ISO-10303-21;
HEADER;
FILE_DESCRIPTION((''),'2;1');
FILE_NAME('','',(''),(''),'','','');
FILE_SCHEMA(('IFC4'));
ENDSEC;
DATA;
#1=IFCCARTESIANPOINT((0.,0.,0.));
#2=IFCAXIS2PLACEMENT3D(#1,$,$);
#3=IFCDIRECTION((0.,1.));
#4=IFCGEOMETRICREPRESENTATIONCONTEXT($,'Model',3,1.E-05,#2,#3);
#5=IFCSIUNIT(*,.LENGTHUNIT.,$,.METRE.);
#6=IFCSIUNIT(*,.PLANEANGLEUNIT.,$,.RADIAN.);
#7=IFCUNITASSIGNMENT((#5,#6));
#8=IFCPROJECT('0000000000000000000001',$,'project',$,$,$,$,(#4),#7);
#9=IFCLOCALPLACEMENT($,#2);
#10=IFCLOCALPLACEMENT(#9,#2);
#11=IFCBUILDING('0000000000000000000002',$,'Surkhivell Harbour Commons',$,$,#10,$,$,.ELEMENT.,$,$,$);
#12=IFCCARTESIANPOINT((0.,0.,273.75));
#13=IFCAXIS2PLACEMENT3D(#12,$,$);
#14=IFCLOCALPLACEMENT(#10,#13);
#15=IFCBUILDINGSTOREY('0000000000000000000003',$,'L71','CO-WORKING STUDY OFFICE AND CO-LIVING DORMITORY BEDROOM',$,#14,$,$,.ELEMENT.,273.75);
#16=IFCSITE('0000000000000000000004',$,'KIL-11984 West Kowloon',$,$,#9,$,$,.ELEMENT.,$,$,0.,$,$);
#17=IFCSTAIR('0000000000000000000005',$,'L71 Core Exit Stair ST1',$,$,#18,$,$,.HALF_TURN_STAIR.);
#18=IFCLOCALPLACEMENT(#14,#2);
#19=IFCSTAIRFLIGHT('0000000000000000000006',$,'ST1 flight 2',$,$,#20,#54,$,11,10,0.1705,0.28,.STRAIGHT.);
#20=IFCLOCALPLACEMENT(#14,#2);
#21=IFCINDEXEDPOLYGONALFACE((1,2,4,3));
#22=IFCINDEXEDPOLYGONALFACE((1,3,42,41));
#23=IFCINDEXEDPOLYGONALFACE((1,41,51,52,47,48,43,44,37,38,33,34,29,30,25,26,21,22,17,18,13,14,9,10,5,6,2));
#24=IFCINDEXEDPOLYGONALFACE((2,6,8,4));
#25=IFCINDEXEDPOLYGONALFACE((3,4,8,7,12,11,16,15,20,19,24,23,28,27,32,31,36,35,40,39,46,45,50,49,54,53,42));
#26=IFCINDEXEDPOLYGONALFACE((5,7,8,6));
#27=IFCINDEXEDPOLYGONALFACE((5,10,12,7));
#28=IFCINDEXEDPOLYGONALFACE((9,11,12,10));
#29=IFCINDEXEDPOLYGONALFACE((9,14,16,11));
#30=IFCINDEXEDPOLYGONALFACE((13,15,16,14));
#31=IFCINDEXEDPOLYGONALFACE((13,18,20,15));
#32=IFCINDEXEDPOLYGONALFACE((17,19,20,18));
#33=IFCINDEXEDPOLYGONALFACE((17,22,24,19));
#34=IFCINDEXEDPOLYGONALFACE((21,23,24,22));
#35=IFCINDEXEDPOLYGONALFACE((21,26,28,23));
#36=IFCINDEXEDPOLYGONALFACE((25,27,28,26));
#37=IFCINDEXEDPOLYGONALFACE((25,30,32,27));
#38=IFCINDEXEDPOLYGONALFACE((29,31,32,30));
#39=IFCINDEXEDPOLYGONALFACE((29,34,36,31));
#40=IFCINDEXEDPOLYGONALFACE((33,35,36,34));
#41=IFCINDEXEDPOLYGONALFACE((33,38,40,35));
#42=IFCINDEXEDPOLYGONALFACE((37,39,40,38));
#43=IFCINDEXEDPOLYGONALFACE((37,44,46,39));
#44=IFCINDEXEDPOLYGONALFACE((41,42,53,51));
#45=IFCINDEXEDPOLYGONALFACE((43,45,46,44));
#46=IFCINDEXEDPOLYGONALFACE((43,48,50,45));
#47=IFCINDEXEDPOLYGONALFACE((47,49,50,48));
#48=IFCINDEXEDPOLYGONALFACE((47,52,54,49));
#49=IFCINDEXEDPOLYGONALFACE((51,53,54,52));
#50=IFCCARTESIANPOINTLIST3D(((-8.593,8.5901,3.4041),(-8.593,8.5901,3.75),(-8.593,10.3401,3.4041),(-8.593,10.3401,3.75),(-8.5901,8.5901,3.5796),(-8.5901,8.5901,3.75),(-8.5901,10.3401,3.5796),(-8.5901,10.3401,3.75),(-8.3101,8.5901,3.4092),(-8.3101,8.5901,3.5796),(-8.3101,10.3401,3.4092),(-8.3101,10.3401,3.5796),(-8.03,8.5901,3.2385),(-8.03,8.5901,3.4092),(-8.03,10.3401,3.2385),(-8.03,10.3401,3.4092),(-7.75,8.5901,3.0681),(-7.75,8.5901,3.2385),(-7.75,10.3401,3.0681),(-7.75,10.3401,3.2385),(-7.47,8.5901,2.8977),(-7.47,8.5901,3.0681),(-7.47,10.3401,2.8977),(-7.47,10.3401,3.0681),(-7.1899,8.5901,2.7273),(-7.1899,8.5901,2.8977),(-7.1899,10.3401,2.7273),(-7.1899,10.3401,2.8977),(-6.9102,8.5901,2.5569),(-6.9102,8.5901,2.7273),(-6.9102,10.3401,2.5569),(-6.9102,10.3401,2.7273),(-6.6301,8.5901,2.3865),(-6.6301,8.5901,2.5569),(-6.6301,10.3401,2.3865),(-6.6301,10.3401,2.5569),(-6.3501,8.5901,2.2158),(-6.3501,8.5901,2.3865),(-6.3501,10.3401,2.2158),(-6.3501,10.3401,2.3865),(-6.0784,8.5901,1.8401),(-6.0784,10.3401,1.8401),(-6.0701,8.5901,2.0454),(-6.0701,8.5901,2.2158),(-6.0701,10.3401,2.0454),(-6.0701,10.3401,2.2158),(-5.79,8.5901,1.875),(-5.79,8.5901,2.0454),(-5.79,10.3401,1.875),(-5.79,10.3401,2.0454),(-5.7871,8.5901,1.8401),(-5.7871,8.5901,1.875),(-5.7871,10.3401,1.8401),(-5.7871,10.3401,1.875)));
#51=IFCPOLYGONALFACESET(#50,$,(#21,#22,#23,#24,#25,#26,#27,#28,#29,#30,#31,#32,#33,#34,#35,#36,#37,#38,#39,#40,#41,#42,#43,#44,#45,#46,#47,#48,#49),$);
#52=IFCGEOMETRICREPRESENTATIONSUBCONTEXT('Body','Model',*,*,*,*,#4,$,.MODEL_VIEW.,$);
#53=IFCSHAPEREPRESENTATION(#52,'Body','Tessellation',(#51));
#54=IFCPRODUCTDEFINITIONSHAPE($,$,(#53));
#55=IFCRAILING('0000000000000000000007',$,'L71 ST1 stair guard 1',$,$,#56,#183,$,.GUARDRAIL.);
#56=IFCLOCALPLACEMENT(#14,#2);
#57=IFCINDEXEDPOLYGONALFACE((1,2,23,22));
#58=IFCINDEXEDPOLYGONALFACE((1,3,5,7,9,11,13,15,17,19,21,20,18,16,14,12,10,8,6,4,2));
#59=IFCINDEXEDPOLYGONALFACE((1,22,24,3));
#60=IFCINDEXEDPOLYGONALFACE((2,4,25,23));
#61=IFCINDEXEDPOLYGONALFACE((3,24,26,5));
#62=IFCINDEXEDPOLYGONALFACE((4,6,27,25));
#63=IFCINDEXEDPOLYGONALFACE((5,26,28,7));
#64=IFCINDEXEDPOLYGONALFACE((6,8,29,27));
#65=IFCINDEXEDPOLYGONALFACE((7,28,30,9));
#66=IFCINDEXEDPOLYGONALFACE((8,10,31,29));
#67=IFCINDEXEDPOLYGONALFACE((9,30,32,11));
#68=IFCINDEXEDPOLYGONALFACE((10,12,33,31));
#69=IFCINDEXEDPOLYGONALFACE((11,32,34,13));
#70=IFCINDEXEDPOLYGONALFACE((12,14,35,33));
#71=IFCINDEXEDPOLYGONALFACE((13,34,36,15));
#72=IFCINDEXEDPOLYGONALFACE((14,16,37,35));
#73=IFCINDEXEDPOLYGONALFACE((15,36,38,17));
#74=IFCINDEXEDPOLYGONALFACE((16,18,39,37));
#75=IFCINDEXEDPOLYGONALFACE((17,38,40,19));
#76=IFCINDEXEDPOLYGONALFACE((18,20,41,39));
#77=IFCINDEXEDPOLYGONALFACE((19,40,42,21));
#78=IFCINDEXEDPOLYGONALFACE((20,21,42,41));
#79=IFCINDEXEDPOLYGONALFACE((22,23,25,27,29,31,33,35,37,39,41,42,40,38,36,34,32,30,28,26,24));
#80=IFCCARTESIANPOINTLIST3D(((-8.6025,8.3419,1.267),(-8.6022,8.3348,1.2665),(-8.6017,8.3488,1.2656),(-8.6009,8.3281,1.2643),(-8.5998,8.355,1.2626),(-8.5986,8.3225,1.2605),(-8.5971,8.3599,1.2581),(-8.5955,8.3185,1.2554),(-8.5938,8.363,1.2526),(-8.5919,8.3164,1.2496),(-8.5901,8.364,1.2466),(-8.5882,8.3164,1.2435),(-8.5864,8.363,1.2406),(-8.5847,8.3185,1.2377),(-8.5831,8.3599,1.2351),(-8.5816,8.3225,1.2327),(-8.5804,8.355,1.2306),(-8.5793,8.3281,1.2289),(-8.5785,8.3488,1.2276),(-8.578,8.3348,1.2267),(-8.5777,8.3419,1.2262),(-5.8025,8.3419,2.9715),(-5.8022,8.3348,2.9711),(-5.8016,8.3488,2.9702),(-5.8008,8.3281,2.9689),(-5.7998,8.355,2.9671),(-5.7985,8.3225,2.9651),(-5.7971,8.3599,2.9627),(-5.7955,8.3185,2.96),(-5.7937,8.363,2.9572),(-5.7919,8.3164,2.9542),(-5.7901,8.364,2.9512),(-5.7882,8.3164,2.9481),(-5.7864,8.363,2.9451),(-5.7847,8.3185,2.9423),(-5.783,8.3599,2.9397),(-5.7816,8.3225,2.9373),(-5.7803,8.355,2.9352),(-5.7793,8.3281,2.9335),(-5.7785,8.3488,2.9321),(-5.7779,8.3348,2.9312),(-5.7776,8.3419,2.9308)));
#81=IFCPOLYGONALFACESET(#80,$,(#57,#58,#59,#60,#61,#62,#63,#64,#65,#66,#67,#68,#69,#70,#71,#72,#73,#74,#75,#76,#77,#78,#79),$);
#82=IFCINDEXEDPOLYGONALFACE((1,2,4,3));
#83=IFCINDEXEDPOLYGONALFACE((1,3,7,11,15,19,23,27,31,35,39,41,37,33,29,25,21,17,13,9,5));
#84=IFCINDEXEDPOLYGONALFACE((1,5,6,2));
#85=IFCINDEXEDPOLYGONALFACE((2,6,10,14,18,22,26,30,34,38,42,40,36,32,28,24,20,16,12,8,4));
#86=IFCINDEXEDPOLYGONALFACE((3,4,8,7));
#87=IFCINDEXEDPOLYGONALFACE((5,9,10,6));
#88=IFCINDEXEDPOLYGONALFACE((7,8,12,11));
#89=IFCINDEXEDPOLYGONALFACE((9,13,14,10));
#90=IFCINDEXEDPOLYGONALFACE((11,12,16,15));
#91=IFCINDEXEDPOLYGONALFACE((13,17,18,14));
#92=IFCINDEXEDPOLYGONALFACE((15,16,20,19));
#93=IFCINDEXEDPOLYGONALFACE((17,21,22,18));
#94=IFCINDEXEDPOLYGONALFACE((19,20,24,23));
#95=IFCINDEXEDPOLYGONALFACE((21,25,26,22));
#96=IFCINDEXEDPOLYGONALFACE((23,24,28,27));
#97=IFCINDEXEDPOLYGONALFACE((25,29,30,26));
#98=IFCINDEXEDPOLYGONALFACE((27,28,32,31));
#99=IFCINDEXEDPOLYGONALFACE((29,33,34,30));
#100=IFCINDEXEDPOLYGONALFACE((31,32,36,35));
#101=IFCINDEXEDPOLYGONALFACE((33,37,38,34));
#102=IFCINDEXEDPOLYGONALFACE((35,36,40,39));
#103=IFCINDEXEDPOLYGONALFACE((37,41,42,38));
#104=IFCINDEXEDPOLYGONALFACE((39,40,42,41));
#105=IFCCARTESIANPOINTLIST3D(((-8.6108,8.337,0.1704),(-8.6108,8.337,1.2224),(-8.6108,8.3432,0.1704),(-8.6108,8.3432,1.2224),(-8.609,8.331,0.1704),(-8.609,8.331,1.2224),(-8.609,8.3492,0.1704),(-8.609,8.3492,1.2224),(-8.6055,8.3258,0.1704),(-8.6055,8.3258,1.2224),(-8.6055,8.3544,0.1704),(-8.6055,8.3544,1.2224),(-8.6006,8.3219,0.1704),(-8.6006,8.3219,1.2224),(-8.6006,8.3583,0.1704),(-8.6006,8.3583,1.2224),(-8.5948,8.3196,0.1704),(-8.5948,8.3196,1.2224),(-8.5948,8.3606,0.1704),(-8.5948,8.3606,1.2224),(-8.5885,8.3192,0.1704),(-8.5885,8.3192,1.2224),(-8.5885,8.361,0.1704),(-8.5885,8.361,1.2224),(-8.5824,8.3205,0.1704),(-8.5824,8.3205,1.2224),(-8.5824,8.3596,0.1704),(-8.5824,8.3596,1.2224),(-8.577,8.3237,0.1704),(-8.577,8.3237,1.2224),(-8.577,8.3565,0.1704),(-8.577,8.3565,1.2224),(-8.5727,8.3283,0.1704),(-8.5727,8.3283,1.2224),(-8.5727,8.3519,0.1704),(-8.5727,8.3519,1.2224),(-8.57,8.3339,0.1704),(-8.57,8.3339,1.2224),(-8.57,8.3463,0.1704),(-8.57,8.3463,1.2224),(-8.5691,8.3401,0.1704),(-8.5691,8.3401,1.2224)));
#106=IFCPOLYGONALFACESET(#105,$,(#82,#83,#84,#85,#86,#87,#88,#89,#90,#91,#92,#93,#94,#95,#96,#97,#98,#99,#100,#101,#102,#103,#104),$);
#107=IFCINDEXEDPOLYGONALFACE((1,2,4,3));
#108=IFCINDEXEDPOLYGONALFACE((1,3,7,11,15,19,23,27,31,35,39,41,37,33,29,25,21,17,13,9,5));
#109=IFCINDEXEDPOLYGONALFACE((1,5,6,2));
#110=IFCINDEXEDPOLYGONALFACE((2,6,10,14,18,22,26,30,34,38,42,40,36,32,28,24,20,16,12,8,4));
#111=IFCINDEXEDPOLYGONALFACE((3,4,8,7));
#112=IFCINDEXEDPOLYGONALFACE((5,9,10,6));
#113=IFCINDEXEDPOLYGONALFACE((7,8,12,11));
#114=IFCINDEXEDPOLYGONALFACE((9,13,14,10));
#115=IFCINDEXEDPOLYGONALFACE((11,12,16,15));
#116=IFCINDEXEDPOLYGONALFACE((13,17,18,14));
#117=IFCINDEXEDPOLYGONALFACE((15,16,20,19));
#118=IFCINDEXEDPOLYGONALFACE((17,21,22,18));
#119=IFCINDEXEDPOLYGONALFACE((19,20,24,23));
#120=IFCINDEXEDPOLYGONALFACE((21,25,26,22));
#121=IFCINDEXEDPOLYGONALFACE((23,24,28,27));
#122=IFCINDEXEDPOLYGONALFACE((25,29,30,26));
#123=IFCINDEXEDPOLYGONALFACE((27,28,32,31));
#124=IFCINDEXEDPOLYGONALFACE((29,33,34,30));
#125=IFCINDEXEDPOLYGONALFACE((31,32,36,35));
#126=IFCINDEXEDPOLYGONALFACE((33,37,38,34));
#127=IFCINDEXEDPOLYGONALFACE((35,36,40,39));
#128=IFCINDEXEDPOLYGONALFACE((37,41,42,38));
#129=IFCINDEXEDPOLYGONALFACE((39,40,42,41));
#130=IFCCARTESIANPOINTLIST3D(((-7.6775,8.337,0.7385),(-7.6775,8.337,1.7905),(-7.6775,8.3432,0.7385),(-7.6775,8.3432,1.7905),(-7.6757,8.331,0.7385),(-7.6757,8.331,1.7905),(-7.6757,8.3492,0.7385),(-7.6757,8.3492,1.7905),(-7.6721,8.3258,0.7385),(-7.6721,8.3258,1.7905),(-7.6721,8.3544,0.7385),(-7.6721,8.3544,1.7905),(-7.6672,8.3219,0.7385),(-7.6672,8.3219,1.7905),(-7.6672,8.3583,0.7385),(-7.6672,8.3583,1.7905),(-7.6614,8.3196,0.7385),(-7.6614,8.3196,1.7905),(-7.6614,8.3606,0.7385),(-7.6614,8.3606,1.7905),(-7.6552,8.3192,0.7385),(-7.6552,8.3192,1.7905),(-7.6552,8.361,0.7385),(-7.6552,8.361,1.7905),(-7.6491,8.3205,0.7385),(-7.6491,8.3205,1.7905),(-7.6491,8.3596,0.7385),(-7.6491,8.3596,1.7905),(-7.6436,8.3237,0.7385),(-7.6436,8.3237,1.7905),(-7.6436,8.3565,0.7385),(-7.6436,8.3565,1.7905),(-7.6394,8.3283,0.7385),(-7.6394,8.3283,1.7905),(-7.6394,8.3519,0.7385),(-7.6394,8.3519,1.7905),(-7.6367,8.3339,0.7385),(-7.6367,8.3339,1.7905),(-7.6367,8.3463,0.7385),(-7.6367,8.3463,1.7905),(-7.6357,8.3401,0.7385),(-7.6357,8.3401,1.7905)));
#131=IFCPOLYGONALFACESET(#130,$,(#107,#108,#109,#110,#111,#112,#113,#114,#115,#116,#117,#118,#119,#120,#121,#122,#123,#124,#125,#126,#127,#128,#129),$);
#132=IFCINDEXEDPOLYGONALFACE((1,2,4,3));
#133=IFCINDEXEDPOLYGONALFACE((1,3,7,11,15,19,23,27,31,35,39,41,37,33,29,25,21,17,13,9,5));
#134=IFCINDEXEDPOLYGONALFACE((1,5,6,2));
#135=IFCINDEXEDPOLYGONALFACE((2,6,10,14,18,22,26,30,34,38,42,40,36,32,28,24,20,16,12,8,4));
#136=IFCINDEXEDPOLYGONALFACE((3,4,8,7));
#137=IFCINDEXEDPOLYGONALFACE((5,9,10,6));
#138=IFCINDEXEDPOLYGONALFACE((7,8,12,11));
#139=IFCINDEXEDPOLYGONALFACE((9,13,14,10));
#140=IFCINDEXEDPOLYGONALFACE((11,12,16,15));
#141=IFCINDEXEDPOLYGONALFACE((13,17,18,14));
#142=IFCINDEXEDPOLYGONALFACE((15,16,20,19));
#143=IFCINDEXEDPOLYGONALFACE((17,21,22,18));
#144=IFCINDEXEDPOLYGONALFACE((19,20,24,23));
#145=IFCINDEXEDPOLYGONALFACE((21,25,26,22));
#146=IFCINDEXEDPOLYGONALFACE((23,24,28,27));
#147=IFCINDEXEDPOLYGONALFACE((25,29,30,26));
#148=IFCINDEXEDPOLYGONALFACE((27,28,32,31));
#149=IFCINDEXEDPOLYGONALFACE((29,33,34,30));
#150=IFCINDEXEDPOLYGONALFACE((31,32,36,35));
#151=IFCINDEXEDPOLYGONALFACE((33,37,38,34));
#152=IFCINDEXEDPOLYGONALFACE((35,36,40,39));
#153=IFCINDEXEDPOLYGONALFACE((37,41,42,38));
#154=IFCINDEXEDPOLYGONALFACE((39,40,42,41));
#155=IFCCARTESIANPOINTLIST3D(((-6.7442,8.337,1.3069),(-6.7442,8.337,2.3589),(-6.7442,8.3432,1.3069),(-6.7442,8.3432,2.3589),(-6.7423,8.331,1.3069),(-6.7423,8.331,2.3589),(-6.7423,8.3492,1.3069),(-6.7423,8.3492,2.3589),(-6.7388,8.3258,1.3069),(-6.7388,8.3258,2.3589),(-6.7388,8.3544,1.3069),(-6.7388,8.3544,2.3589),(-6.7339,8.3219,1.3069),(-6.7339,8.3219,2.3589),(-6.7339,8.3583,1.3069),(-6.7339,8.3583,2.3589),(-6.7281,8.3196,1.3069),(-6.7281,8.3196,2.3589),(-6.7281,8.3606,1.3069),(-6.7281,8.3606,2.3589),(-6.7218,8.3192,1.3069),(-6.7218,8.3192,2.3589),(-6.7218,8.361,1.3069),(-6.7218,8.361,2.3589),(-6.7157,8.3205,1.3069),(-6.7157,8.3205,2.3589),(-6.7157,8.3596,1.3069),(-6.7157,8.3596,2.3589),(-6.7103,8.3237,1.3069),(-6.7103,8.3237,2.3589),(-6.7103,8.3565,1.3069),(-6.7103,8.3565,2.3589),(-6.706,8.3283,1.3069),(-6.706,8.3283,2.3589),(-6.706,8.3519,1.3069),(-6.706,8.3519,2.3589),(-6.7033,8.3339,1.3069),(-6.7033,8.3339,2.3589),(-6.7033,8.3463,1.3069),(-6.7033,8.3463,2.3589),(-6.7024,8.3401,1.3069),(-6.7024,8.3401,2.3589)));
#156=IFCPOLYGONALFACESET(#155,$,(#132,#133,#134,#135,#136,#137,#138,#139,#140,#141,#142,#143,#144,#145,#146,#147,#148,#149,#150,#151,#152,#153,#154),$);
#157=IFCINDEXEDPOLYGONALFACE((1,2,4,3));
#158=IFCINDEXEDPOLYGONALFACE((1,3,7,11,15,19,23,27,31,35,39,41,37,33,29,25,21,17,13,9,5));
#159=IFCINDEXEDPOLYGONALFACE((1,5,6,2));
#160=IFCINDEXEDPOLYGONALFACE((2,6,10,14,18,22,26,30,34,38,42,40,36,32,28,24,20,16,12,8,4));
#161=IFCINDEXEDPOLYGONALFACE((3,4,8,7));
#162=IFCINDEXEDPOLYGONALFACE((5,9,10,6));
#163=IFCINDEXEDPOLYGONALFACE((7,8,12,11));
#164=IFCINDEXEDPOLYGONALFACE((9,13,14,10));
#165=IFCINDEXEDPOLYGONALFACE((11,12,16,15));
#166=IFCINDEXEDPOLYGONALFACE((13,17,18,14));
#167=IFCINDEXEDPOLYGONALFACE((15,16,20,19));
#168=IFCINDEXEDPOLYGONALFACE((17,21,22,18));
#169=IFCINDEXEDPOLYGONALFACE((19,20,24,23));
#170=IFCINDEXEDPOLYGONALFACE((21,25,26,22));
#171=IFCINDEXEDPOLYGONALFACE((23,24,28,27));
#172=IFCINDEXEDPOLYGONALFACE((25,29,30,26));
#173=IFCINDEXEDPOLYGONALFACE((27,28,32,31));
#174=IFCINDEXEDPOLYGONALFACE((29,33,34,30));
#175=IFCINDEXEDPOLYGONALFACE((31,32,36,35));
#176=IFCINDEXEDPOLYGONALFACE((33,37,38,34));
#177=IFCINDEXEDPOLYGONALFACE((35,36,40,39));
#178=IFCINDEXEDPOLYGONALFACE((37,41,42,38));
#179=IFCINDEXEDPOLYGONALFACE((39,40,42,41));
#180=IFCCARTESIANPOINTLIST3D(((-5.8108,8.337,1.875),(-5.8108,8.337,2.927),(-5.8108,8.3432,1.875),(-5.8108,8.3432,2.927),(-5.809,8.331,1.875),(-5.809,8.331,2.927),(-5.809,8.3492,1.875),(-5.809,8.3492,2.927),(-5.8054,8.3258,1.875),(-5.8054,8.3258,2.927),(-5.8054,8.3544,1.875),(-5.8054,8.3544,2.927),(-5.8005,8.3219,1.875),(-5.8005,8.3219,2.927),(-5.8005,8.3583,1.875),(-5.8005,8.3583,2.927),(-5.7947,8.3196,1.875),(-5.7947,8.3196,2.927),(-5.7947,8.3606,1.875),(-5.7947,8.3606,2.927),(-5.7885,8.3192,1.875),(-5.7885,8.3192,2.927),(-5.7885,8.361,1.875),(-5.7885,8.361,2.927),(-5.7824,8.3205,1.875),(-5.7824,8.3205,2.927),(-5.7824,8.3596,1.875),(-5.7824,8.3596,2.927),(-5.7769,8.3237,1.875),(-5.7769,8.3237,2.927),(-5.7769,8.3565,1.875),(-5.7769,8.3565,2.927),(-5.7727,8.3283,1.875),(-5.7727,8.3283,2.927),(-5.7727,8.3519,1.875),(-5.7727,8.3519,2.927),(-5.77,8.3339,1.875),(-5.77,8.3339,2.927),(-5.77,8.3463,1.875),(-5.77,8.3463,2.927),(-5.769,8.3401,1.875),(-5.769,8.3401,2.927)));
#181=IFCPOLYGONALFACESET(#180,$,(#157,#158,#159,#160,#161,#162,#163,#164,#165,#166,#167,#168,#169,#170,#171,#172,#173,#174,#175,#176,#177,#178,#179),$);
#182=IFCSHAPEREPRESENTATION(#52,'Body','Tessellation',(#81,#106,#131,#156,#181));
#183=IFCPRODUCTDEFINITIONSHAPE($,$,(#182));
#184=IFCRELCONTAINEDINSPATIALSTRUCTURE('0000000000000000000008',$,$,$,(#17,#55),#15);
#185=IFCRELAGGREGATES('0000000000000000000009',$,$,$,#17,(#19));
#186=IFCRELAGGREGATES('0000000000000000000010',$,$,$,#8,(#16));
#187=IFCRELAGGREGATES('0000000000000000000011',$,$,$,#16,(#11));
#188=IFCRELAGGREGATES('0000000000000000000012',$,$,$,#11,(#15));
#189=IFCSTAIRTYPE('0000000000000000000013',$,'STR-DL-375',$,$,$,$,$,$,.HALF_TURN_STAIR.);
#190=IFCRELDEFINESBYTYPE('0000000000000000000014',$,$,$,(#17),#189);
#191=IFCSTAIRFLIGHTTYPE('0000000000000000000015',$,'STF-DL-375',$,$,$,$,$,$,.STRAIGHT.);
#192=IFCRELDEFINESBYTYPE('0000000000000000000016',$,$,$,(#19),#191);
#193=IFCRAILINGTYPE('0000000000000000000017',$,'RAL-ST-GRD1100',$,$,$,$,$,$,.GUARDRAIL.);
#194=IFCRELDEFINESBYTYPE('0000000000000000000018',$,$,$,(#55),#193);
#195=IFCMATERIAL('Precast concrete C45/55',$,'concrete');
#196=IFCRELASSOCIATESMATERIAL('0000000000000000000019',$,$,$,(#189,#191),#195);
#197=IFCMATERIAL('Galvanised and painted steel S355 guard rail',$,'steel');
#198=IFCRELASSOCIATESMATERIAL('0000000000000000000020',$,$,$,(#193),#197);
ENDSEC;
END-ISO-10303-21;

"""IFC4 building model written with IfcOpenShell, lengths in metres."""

from ifc_helpers import new_model, si_unit, direction, frame, origin, origin_2d, place, context, subcontext, project, spatial, polyline, circle, outline, extrude, material, type_object, element, aggregate, save


model = new_model("IFC4")

# Units and contexts
model_context = context("Model", 3, precision=1e-05, world=origin(), true_north=direction((0.0, 1.0)))
body_context = subcontext(model_context, "Body", "Model", "MODEL_VIEW")
ifc_project = project(units=[si_unit("LENGTHUNIT", "METRE"), si_unit("PLANEANGLEUNIT", "RADIAN")], contexts=[model_context])

# Site, building, storey
site_placement = place(None, origin())
site = spatial("IfcSite", under=ifc_project, at=site_placement, Name="KIL-11984 West Kowloon", CompositionType="ELEMENT", RefElevation=0.0)
building_placement = place(site_placement, origin())
building = spatial("IfcBuilding", under=site, at=building_placement, Name="Surkhivell Harbour Commons", CompositionType="ELEMENT")
storey_placement = place(building_placement, frame((0.0, 0.0, 273.75)))
storey = spatial("IfcBuildingStorey", under=building, at=storey_placement, Name="L71", Description="CO-WORKING STUDY OFFICE AND CO-LIVING DORMITORY BEDROOM", CompositionType="ELEMENT", Elevation=273.75)

# Stair, stair flight
ifc_material_1 = material(Name="Precast concrete C45/55", Category="concrete")
stair_type = type_object("IfcStairType", Name="STR-DL-375", PredefinedType="HALF_TURN_STAIR", material=ifc_material_1)
stair_placement = place(storey_placement, origin())
stair = element("IfcStair", 1, at=stair_placement, inside=storey, type_object=stair_type, Name="L71 Core Exit Stair ST1", PredefinedType="HALF_TURN_STAIR")
stair_flight_type = type_object("IfcStairFlightType", Name="STF-DL-375", PredefinedType="STRAIGHT", material=ifc_material_1)
stair_flight_1_placement = place(storey_placement, frame((-5.79, 9.4651, 1.875), z_axis=(0.0, 0.0, 1.0), x_axis=(-1.0, 0.0, 0.0)))
stair_flight_1 = element("IfcStairFlight", 2, at=stair_flight_1_placement, type_object=stair_flight_type, Name="ST1 flight 2", NumberOfRisers=11, NumberOfTreads=10, PredefinedType="STRAIGHT", RiserHeight=0.1705, TreadLength=0.28, context=body_context, shape_type="SweptSolid", body=[
    extrude(outline(polyline([(-0.0029, -0.0349), (-0.0029, 0.0), (0.0, 0.0), (0.0, 0.1704), (0.28, 0.1704), (0.28, 0.3408), (0.5601, 0.3408), (0.5601, 0.5115), (0.8401, 0.5115), (0.8401, 0.6819), (1.1201, 0.6819), (1.1201, 0.8523), (1.3999, 0.8523), (1.3999, 1.0227), (1.6799, 1.0227), (1.6799, 1.1931), (1.96, 1.1931), (1.96, 1.3635), (2.24, 1.3635), (2.24, 1.5342), (2.52, 1.5342), (2.52, 1.7046), (2.8, 1.7046), (2.8, 1.875), (2.803, 1.875), (2.803, 1.5291), (0.2883, -0.0349), (-0.0029, -0.0349)])), frame((0.0, 0.875, 0.0), z_axis=(0.0, -1.0, 0.0), x_axis=(1.0, 0.0, 0.0)), (0.0, 0.0, 1.0), 1.75),
])
aggregate(stair, [stair_flight_1])

# Railing
ifc_material_2 = material(Name="Galvanised and painted steel S355 guard rail", Category="steel")
railing_type_1 = type_object("IfcRailingType", Name="RAL-ST-GRD1100", PredefinedType="GUARDRAIL", material=ifc_material_2)
railing_1_placement = place(storey_placement, frame((-8.5901, 8.3401, 0.1704)))
element("IfcRailing", 3, at=railing_1_placement, inside=storey, type_object=railing_type_1, Name="L71 ST1 stair guard 1", PredefinedType="GUARDRAIL", context=body_context, shape_type="SweptSolid", body=[
    extrude(circle(Radius=0.0239, at=origin_2d()), frame((0.0, 0.0, 1.0762), z_axis=(0.85417, 0.0, 0.519994), x_axis=(0.0, 1.0, 0.0)), (0.0, 0.0, 1.0), 3.2781),
    extrude(circle(Radius=0.021, at=origin_2d()), origin(), (0.0, 0.0, 1.0), 1.052),
    extrude(circle(Radius=0.021, at=origin_2d()), frame((0.9333, 0.0, 0.5681)), (0.0, 0.0, 1.0), 1.052),
    extrude(circle(Radius=0.021, at=origin_2d()), frame((1.8667, 0.0, 1.1365)), (0.0, 0.0, 1.0), 1.052),
    extrude(circle(Radius=0.021, at=origin_2d()), frame((2.8, 0.0, 1.7046)), (0.0, 0.0, 1.0), 1.052),
])

save(model, "model.ifc")
